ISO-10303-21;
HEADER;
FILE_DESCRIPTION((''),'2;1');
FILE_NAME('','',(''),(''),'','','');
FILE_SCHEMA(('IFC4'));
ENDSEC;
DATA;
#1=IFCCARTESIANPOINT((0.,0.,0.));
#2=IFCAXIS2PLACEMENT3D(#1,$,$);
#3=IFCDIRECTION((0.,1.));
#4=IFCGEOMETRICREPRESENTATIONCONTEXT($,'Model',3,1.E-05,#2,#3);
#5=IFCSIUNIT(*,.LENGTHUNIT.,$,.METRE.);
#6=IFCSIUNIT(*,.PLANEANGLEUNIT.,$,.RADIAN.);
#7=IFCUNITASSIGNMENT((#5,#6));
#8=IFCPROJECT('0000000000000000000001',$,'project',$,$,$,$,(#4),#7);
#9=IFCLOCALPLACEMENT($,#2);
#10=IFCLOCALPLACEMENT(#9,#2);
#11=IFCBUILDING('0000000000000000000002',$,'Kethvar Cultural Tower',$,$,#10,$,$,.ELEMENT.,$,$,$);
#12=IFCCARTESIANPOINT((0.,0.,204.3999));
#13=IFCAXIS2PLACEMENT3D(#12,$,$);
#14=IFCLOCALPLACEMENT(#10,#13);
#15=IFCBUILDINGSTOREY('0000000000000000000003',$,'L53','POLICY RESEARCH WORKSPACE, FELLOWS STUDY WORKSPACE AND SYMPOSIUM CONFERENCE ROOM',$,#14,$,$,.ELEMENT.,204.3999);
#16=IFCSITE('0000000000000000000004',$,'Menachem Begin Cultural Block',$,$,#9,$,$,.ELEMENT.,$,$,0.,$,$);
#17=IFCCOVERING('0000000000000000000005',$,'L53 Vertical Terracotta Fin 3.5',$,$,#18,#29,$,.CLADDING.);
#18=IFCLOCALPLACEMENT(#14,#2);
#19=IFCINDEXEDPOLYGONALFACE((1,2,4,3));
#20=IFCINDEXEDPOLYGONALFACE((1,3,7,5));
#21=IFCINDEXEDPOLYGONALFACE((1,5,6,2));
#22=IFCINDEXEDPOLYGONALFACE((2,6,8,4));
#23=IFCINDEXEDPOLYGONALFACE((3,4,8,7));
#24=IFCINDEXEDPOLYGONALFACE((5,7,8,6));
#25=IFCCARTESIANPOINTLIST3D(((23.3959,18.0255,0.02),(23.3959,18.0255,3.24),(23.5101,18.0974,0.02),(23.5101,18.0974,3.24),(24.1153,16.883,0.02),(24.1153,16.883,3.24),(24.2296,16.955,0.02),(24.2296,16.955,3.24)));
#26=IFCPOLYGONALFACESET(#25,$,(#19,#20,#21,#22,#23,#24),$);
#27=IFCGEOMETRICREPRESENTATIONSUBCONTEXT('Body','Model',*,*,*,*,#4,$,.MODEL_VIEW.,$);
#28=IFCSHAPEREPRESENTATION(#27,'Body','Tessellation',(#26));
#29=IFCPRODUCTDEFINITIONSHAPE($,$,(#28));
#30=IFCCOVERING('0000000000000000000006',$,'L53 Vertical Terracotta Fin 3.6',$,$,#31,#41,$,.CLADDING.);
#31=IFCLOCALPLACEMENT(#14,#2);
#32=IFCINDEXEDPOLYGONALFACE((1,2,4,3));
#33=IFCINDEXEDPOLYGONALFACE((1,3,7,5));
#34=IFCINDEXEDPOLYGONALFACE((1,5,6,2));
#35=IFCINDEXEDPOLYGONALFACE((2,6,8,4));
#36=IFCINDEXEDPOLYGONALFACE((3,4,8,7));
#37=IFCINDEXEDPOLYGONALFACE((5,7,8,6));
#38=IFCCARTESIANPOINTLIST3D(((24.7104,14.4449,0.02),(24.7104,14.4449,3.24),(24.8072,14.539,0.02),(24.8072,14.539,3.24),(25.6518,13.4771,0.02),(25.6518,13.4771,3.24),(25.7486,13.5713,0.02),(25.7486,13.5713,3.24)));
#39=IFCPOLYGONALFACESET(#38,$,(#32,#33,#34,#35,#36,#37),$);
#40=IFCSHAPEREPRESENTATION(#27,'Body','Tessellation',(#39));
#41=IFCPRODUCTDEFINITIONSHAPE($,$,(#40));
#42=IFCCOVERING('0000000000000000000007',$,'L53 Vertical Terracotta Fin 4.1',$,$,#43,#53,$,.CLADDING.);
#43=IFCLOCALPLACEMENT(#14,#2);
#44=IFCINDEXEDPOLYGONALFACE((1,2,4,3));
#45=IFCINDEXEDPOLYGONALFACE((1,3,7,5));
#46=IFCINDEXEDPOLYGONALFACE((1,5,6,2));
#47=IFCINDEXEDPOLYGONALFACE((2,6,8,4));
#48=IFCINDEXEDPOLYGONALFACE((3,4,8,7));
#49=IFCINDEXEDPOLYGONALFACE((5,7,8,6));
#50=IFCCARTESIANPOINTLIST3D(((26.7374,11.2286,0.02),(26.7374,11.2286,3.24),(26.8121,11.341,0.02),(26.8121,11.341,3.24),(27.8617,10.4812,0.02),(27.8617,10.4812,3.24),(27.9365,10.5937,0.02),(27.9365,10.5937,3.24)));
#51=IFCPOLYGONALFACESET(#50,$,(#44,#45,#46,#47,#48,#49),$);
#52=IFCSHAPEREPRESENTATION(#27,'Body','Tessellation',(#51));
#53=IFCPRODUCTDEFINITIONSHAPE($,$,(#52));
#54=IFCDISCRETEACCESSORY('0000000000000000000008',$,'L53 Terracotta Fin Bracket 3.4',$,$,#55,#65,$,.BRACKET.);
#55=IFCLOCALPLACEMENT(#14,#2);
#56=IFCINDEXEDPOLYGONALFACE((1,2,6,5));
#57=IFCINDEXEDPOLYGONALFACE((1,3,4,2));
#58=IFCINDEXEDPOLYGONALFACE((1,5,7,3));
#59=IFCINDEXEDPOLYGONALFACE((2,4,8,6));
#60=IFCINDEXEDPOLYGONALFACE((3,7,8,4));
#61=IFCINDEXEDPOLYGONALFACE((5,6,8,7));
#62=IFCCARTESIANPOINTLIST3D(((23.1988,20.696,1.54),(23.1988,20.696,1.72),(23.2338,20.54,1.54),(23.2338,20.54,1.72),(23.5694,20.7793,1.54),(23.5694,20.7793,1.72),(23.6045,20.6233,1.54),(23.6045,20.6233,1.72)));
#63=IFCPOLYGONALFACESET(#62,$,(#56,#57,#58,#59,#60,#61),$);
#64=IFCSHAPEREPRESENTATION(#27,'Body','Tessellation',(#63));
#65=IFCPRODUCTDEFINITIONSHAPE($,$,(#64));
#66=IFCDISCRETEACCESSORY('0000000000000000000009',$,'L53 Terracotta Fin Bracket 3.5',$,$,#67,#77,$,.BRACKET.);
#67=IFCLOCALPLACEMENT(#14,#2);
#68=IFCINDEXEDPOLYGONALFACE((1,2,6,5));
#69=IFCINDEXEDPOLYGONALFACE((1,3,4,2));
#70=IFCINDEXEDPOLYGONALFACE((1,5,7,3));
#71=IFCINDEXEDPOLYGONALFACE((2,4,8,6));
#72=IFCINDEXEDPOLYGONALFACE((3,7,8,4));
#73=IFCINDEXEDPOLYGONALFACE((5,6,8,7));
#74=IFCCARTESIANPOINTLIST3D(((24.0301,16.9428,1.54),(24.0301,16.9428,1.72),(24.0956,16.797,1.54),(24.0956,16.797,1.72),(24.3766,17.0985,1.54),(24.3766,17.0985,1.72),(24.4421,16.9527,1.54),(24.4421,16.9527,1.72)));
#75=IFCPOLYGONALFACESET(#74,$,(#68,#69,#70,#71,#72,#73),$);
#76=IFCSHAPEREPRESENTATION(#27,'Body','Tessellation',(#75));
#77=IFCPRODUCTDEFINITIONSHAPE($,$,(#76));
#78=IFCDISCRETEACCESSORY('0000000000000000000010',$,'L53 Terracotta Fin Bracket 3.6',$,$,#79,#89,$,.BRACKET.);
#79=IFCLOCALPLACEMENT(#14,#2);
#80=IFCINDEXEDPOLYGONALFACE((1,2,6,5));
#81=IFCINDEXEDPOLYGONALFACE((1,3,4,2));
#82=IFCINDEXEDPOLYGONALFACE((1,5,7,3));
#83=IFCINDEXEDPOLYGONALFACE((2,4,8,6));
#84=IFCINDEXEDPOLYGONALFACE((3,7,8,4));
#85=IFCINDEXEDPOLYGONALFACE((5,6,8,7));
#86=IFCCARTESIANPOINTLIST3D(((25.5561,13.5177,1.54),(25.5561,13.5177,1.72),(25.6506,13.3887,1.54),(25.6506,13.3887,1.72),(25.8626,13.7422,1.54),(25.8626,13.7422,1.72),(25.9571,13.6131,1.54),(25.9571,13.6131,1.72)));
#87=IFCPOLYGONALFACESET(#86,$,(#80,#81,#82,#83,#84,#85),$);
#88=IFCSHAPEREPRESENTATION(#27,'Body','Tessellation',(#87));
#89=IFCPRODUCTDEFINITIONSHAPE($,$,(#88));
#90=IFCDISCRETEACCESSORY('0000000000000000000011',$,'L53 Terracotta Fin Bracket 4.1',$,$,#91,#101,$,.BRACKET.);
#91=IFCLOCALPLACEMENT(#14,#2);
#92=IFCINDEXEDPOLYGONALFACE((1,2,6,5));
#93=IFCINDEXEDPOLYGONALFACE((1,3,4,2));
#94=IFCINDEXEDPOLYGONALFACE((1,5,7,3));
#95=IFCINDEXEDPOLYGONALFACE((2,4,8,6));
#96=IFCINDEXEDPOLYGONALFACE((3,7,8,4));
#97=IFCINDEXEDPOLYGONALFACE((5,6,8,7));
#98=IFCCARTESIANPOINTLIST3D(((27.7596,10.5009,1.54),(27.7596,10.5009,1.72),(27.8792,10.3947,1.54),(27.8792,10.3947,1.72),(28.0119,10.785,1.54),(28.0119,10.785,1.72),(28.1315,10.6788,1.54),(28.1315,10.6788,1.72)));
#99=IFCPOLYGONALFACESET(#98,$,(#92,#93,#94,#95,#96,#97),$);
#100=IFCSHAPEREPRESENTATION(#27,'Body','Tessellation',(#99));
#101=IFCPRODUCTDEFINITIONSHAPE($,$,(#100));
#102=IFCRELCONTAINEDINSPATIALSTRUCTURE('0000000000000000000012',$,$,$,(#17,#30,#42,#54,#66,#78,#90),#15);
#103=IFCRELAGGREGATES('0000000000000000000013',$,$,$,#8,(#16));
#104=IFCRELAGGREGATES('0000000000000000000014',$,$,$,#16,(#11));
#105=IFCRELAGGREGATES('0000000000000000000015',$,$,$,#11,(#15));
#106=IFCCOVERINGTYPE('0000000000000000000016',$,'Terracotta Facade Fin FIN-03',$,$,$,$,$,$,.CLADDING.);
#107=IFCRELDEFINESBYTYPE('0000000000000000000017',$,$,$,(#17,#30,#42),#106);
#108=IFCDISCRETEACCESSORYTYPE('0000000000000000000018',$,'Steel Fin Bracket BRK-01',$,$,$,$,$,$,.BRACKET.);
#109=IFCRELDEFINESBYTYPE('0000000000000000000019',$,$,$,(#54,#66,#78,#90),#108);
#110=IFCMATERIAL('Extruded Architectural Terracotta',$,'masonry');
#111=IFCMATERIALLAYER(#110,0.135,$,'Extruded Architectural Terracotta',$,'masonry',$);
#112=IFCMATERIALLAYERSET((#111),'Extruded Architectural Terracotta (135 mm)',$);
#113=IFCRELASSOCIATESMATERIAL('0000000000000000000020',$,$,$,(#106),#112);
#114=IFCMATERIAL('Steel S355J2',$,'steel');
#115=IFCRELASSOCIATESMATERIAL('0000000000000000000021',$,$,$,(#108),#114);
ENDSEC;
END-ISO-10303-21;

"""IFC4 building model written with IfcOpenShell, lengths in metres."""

from ifc_helpers import new_model, si_unit, direction, frame, origin, origin_2d, place, context, subcontext, project, spatial, rectangle, extrude, source, transform, mapped, material, layer, layer_set, type_object, element, save


model = new_model("IFC4")

# Units and contexts
model_context = context("Model", 3, precision=1e-05, world=origin(), true_north=direction((0.0, 1.0)))
body_context = subcontext(model_context, "Body", "Model", "MODEL_VIEW")
ifc_project = project(units=[si_unit("LENGTHUNIT", "METRE"), si_unit("PLANEANGLEUNIT", "RADIAN")], contexts=[model_context])

# Site, building, storey
site_placement = place(None, origin())
site = spatial("IfcSite", under=ifc_project, at=site_placement, Name="Menachem Begin Cultural Block", CompositionType="ELEMENT", RefElevation=0.0)
building_placement = place(site_placement, origin())
building = spatial("IfcBuilding", under=site, at=building_placement, Name="Kethvar Cultural Tower", CompositionType="ELEMENT")
storey_placement = place(building_placement, frame((0.0, 0.0, 204.3999)))
storey = spatial("IfcBuildingStorey", under=building, at=storey_placement, Name="L53", Description="POLICY RESEARCH WORKSPACE, FELLOWS STUDY WORKSPACE AND SYMPOSIUM CONFERENCE ROOM", CompositionType="ELEMENT", Elevation=204.3999)

# Shared definitions
ifc_material_1 = material(Name="Steel S355J2", Category="steel")

# Coverings
ifc_material_2 = material(Name="Extruded Architectural Terracotta", Category="masonry")
ifc_layer_1 = layer(ifc_material_2, 0.135, Name="Extruded Architectural Terracotta", Category="masonry")
ifc_layer_set_1 = layer_set([ifc_layer_1], Name="Extruded Architectural Terracotta (135 mm)")
covering_type = type_object("IfcCoveringType", Name="Terracotta Facade Fin FIN-03", PredefinedType="CLADDING", material=ifc_layer_set_1)
shared_shape_1 = source(origin(), body_context, "Body", "SweptSolid", [
    extrude(rectangle(XDim=1.3501, YDim=0.135, at=origin_2d()), origin(), (0.0, 0.0, 1.0), 3.22),
])
for number, where, z_axis, x_axis, name in (
    (1, (23.8127, 17.4902, 0.02), (0.0, 0.0, 1.0), (-0.532876, 0.846193, 0.0), "L53 Vertical Terracotta Fin 3.5"),
    (2, (25.2295, 14.0081, 0.02), (0.0, 0.0, 1.0), (-0.69729, 0.716789, 0.0), "L53 Vertical Terracotta Fin 3.6"),
    (3, (27.3369, 10.9111, 0.02), (0.0, 0.0, 1.0), (-0.832825, 0.553537, 0.0), "L53 Vertical Terracotta Fin 4.1"),
):
    element("IfcCovering", number, at=place(storey_placement, frame(where, z_axis=z_axis, x_axis=x_axis)), inside=storey, type_object=covering_type, Name=name, PredefinedType="CLADDING", context=body_context, shape_type="MappedRepresentation", body=[
        mapped(shared_shape_1, transform((0.0, 0.0, 0.0), scale=1.0)),
    ])

# Discrete accessories
discrete_accessory_type = type_object("IfcDiscreteAccessoryType", Name="Steel Fin Bracket BRK-01", PredefinedType="BRACKET", material=ifc_material_1)
shared_shape_2 = source(origin(), body_context, "Body", "SweptSolid", [
    extrude(rectangle(XDim=0.3799, YDim=0.1599, at=origin_2d()), origin(), (0.0, 0.0, 1.0), 0.1799),
])
for number, where, z_axis, x_axis, name in (
    (4, (23.4016, 20.6597, 1.54), (0.0, 0.0, 1.0), (-0.97565, -0.219335, 0.0), "L53 Terracotta Fin Bracket 3.4"),
    (5, (24.2361, 16.9478, 1.54), (0.0, 0.0, 1.0), (-0.91212, -0.409923, 0.0), "L53 Terracotta Fin Bracket 3.5"),
    (6, (25.7566, 13.5654, 1.54), (0.0, 0.0, 1.0), (-0.806857, -0.590746, 0.0), "L53 Terracotta Fin Bracket 3.6"),
    (7, (27.9456, 10.5898, 1.54), (0.0, 0.0, 1.0), (-0.664057, -0.747682, 0.0), "L53 Terracotta Fin Bracket 4.1"),
):
    element("IfcDiscreteAccessory", number, at=place(storey_placement, frame(where, z_axis=z_axis, x_axis=x_axis)), inside=storey, type_object=discrete_accessory_type, Name=name, PredefinedType="BRACKET", context=body_context, shape_type="MappedRepresentation", body=[
        mapped(shared_shape_2, transform((0.0, 0.0, 0.0), scale=1.0)),
    ])

save(model, "model.ifc")
